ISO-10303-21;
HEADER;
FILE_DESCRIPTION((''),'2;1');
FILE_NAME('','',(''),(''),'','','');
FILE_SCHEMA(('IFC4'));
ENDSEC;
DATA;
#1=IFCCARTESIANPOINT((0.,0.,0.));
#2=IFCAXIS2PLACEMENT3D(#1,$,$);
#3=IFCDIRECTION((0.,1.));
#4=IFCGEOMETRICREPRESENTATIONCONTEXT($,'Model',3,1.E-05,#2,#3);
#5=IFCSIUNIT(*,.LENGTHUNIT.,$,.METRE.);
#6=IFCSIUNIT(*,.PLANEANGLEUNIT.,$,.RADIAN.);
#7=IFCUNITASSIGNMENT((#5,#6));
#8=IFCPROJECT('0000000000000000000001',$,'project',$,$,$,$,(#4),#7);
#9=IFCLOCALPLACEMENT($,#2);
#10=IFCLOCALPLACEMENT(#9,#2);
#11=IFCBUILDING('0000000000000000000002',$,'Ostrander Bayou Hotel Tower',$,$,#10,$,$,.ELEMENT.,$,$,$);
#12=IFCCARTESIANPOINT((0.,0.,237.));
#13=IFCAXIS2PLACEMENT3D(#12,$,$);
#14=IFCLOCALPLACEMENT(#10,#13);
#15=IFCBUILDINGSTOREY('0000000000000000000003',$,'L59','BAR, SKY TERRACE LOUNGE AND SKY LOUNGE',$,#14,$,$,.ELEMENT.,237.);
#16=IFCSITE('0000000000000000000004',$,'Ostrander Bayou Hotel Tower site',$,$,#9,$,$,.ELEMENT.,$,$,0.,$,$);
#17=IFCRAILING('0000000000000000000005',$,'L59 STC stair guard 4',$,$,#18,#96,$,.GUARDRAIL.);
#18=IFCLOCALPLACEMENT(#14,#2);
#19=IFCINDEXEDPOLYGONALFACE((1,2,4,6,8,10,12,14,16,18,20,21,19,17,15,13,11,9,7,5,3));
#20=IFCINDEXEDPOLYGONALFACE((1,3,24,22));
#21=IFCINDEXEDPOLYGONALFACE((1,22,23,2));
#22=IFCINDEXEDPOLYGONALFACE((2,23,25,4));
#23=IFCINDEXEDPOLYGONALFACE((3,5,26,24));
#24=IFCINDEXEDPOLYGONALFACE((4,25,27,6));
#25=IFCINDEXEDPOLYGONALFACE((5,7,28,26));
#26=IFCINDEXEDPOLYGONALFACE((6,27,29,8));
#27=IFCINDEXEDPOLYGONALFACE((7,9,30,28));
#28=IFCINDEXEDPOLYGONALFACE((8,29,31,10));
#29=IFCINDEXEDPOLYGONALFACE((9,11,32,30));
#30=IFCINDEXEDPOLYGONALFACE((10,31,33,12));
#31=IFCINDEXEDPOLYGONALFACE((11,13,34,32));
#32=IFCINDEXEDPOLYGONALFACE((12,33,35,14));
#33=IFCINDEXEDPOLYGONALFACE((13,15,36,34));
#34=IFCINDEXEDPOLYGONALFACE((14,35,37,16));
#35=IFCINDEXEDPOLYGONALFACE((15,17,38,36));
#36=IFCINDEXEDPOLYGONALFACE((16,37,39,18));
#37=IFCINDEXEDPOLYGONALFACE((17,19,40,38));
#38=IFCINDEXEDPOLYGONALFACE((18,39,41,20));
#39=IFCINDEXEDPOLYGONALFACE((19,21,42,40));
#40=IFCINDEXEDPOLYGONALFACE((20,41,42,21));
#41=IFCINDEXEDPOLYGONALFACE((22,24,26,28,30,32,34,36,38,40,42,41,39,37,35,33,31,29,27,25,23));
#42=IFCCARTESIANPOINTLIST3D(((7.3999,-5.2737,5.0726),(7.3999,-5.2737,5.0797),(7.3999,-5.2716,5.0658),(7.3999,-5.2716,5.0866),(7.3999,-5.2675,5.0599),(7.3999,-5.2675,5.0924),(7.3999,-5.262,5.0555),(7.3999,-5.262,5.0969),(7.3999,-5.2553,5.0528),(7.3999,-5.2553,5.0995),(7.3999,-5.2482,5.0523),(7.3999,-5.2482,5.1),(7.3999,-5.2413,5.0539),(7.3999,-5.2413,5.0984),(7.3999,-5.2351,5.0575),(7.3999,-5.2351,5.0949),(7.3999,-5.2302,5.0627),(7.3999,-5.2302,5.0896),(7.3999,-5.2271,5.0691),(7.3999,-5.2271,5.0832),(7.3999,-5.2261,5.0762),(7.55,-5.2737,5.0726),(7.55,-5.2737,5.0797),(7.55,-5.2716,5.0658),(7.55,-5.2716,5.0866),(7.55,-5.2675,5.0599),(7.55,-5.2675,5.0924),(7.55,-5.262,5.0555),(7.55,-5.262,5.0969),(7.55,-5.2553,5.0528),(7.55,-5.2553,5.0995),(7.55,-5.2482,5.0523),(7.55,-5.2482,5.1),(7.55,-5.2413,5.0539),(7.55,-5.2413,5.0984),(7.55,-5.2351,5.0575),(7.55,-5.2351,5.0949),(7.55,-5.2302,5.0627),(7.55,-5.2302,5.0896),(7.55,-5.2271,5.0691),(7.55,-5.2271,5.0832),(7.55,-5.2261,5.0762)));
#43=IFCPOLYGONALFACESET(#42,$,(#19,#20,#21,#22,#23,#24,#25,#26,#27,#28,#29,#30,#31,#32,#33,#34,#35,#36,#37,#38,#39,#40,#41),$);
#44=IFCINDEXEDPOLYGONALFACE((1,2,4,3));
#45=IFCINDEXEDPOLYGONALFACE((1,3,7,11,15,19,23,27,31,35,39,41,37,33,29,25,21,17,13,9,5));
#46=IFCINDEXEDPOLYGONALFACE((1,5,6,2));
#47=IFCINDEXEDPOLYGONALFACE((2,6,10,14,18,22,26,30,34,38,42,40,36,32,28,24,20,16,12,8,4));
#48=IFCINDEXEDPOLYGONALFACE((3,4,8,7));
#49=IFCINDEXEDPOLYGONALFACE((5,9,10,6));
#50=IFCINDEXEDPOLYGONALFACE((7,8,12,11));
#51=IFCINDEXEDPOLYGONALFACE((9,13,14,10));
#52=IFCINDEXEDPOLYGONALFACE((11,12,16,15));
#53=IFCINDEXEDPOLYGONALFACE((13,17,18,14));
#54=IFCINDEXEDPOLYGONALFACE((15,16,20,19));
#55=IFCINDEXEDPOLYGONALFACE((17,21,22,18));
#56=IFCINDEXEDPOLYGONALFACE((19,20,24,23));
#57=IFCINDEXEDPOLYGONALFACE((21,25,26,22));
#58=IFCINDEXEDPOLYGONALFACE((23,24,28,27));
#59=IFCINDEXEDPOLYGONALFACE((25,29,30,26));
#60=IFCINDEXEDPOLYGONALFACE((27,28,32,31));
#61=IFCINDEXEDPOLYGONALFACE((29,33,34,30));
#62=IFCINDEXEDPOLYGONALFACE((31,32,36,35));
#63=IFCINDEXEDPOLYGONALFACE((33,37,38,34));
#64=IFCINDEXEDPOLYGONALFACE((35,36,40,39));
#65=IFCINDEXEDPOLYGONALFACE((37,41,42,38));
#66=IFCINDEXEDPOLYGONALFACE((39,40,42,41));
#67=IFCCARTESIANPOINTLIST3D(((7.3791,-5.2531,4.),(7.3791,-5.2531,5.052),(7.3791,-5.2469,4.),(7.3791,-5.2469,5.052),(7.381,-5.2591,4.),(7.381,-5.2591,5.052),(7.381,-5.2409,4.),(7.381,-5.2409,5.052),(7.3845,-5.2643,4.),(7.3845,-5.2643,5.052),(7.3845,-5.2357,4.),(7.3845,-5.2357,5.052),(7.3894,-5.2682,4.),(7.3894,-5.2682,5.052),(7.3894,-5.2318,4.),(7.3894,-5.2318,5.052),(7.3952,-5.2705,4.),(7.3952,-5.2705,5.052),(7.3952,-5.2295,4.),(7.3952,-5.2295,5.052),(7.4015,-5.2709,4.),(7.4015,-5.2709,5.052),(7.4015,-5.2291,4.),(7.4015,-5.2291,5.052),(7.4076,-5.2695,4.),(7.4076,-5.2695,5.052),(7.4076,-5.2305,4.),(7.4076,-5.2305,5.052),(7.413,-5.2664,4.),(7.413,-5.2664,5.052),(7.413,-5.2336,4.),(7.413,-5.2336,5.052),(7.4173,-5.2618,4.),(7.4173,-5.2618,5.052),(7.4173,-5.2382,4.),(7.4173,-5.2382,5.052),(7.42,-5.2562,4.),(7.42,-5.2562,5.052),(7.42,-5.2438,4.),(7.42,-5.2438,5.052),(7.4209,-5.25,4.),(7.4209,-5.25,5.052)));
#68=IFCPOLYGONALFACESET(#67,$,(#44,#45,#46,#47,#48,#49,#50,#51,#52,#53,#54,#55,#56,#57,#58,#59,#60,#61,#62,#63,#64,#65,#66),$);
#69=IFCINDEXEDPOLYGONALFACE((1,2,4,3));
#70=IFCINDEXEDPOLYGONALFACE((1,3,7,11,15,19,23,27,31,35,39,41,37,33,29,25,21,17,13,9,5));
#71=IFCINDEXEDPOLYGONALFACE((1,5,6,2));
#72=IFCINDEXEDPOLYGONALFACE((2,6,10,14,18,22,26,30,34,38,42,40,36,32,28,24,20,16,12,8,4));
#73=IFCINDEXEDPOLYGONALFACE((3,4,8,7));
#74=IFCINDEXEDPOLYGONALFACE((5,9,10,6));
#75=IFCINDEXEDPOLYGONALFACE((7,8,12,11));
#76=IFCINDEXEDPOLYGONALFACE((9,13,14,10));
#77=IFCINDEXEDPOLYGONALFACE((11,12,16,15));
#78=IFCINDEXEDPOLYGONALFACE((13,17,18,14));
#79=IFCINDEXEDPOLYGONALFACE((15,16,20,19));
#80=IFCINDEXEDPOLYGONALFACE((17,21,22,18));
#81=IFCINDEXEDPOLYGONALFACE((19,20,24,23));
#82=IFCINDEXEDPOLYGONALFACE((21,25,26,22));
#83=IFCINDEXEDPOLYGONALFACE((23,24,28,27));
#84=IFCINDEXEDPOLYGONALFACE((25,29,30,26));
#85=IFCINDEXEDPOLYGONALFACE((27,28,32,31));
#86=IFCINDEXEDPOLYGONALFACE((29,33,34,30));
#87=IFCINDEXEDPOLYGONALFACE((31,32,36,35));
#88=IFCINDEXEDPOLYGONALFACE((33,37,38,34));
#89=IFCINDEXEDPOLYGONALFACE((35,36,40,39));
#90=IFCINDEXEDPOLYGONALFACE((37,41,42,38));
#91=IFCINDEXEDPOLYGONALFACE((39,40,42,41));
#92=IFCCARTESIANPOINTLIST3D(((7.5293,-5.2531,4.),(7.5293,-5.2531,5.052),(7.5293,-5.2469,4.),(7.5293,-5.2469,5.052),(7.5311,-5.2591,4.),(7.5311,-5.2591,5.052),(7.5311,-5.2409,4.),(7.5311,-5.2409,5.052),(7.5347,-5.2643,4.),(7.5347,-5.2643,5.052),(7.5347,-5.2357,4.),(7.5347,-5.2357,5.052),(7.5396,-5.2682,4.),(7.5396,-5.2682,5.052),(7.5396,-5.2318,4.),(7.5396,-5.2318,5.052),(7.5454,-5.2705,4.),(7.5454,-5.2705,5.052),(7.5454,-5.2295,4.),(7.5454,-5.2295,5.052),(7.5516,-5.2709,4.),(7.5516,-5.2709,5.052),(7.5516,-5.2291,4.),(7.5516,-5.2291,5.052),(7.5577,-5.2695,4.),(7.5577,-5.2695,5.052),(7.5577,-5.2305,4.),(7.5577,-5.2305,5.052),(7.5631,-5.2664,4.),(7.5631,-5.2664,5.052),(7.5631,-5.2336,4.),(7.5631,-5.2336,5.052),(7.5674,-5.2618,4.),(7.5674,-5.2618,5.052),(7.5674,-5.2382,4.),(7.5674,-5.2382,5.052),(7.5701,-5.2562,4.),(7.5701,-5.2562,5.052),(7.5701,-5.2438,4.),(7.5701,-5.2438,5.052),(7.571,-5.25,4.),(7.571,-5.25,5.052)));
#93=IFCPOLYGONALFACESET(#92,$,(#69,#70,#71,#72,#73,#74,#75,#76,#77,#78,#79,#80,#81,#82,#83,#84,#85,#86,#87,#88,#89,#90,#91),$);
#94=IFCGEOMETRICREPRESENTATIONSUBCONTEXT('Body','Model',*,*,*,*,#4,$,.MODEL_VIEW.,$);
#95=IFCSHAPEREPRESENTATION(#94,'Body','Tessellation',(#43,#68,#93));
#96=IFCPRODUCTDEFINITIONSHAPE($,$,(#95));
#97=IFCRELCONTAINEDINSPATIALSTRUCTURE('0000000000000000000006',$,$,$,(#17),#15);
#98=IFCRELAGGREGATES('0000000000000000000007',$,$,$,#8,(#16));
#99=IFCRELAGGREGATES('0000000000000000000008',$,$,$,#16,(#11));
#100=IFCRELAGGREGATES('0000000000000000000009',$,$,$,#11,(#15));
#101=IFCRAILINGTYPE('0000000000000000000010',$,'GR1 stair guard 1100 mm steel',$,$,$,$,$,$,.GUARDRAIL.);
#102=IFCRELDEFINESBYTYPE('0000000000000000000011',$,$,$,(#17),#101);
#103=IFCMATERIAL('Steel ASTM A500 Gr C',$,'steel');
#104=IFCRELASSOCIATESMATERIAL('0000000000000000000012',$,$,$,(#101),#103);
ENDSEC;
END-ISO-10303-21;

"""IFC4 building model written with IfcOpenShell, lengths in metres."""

from ifc_helpers import new_model, si_unit, direction, frame, origin, origin_2d, place, context, subcontext, project, spatial, circle, extrude, material, type_object, element, save


model = new_model("IFC4")

# Units and contexts
model_context = context("Model", 3, precision=1e-05, world=origin(), true_north=direction((0.0, 1.0)))
body_context = subcontext(model_context, "Body", "Model", "MODEL_VIEW")
ifc_project = project(units=[si_unit("LENGTHUNIT", "METRE"), si_unit("PLANEANGLEUNIT", "RADIAN")], contexts=[model_context])

# Site, building, storey
site_placement = place(None, origin())
site = spatial("IfcSite", under=ifc_project, at=site_placement, Name="Ostrander Bayou Hotel Tower site", CompositionType="ELEMENT", RefElevation=0.0)
building_placement = place(site_placement, origin())
building = spatial("IfcBuilding", under=site, at=building_placement, Name="Ostrander Bayou Hotel Tower", CompositionType="ELEMENT")
storey_placement = place(building_placement, frame((0.0, 0.0, 237.0)))
storey = spatial("IfcBuildingStorey", under=building, at=storey_placement, Name="L59", Description="BAR, SKY TERRACE LOUNGE AND SKY LOUNGE", CompositionType="ELEMENT", Elevation=237.0)

# Railing
ifc_material_1 = material(Name="Steel ASTM A500 Gr C", Category="steel")
railing_type_1 = type_object("IfcRailingType", Name="GR1 stair guard 1100 mm steel", PredefinedType="GUARDRAIL", material=ifc_material_1)
railing_1_placement = place(storey_placement, frame((7.3999, -5.25, 4.0)))
element("IfcRailing", 1, at=railing_1_placement, inside=storey, type_object=railing_type_1, Name="L59 STC stair guard 4", PredefinedType="GUARDRAIL", context=body_context, shape_type="SweptSolid", body=[
    extrude(circle(Radius=0.0239, at=origin_2d()), frame((0.0, 0.0, 1.0762), z_axis=(1.0, 0.0, 0.0), x_axis=(0.0, 1.0, 0.0)), (0.0, 0.0, 1.0), 0.1501),
    extrude(circle(Radius=0.021, at=origin_2d()), origin(), (0.0, 0.0, 1.0), 1.052),
    extrude(circle(Radius=0.021, at=origin_2d()), frame((0.1501, 0.0, 0.0)), (0.0, 0.0, 1.0), 1.052),
])

save(model, "model.ifc")
